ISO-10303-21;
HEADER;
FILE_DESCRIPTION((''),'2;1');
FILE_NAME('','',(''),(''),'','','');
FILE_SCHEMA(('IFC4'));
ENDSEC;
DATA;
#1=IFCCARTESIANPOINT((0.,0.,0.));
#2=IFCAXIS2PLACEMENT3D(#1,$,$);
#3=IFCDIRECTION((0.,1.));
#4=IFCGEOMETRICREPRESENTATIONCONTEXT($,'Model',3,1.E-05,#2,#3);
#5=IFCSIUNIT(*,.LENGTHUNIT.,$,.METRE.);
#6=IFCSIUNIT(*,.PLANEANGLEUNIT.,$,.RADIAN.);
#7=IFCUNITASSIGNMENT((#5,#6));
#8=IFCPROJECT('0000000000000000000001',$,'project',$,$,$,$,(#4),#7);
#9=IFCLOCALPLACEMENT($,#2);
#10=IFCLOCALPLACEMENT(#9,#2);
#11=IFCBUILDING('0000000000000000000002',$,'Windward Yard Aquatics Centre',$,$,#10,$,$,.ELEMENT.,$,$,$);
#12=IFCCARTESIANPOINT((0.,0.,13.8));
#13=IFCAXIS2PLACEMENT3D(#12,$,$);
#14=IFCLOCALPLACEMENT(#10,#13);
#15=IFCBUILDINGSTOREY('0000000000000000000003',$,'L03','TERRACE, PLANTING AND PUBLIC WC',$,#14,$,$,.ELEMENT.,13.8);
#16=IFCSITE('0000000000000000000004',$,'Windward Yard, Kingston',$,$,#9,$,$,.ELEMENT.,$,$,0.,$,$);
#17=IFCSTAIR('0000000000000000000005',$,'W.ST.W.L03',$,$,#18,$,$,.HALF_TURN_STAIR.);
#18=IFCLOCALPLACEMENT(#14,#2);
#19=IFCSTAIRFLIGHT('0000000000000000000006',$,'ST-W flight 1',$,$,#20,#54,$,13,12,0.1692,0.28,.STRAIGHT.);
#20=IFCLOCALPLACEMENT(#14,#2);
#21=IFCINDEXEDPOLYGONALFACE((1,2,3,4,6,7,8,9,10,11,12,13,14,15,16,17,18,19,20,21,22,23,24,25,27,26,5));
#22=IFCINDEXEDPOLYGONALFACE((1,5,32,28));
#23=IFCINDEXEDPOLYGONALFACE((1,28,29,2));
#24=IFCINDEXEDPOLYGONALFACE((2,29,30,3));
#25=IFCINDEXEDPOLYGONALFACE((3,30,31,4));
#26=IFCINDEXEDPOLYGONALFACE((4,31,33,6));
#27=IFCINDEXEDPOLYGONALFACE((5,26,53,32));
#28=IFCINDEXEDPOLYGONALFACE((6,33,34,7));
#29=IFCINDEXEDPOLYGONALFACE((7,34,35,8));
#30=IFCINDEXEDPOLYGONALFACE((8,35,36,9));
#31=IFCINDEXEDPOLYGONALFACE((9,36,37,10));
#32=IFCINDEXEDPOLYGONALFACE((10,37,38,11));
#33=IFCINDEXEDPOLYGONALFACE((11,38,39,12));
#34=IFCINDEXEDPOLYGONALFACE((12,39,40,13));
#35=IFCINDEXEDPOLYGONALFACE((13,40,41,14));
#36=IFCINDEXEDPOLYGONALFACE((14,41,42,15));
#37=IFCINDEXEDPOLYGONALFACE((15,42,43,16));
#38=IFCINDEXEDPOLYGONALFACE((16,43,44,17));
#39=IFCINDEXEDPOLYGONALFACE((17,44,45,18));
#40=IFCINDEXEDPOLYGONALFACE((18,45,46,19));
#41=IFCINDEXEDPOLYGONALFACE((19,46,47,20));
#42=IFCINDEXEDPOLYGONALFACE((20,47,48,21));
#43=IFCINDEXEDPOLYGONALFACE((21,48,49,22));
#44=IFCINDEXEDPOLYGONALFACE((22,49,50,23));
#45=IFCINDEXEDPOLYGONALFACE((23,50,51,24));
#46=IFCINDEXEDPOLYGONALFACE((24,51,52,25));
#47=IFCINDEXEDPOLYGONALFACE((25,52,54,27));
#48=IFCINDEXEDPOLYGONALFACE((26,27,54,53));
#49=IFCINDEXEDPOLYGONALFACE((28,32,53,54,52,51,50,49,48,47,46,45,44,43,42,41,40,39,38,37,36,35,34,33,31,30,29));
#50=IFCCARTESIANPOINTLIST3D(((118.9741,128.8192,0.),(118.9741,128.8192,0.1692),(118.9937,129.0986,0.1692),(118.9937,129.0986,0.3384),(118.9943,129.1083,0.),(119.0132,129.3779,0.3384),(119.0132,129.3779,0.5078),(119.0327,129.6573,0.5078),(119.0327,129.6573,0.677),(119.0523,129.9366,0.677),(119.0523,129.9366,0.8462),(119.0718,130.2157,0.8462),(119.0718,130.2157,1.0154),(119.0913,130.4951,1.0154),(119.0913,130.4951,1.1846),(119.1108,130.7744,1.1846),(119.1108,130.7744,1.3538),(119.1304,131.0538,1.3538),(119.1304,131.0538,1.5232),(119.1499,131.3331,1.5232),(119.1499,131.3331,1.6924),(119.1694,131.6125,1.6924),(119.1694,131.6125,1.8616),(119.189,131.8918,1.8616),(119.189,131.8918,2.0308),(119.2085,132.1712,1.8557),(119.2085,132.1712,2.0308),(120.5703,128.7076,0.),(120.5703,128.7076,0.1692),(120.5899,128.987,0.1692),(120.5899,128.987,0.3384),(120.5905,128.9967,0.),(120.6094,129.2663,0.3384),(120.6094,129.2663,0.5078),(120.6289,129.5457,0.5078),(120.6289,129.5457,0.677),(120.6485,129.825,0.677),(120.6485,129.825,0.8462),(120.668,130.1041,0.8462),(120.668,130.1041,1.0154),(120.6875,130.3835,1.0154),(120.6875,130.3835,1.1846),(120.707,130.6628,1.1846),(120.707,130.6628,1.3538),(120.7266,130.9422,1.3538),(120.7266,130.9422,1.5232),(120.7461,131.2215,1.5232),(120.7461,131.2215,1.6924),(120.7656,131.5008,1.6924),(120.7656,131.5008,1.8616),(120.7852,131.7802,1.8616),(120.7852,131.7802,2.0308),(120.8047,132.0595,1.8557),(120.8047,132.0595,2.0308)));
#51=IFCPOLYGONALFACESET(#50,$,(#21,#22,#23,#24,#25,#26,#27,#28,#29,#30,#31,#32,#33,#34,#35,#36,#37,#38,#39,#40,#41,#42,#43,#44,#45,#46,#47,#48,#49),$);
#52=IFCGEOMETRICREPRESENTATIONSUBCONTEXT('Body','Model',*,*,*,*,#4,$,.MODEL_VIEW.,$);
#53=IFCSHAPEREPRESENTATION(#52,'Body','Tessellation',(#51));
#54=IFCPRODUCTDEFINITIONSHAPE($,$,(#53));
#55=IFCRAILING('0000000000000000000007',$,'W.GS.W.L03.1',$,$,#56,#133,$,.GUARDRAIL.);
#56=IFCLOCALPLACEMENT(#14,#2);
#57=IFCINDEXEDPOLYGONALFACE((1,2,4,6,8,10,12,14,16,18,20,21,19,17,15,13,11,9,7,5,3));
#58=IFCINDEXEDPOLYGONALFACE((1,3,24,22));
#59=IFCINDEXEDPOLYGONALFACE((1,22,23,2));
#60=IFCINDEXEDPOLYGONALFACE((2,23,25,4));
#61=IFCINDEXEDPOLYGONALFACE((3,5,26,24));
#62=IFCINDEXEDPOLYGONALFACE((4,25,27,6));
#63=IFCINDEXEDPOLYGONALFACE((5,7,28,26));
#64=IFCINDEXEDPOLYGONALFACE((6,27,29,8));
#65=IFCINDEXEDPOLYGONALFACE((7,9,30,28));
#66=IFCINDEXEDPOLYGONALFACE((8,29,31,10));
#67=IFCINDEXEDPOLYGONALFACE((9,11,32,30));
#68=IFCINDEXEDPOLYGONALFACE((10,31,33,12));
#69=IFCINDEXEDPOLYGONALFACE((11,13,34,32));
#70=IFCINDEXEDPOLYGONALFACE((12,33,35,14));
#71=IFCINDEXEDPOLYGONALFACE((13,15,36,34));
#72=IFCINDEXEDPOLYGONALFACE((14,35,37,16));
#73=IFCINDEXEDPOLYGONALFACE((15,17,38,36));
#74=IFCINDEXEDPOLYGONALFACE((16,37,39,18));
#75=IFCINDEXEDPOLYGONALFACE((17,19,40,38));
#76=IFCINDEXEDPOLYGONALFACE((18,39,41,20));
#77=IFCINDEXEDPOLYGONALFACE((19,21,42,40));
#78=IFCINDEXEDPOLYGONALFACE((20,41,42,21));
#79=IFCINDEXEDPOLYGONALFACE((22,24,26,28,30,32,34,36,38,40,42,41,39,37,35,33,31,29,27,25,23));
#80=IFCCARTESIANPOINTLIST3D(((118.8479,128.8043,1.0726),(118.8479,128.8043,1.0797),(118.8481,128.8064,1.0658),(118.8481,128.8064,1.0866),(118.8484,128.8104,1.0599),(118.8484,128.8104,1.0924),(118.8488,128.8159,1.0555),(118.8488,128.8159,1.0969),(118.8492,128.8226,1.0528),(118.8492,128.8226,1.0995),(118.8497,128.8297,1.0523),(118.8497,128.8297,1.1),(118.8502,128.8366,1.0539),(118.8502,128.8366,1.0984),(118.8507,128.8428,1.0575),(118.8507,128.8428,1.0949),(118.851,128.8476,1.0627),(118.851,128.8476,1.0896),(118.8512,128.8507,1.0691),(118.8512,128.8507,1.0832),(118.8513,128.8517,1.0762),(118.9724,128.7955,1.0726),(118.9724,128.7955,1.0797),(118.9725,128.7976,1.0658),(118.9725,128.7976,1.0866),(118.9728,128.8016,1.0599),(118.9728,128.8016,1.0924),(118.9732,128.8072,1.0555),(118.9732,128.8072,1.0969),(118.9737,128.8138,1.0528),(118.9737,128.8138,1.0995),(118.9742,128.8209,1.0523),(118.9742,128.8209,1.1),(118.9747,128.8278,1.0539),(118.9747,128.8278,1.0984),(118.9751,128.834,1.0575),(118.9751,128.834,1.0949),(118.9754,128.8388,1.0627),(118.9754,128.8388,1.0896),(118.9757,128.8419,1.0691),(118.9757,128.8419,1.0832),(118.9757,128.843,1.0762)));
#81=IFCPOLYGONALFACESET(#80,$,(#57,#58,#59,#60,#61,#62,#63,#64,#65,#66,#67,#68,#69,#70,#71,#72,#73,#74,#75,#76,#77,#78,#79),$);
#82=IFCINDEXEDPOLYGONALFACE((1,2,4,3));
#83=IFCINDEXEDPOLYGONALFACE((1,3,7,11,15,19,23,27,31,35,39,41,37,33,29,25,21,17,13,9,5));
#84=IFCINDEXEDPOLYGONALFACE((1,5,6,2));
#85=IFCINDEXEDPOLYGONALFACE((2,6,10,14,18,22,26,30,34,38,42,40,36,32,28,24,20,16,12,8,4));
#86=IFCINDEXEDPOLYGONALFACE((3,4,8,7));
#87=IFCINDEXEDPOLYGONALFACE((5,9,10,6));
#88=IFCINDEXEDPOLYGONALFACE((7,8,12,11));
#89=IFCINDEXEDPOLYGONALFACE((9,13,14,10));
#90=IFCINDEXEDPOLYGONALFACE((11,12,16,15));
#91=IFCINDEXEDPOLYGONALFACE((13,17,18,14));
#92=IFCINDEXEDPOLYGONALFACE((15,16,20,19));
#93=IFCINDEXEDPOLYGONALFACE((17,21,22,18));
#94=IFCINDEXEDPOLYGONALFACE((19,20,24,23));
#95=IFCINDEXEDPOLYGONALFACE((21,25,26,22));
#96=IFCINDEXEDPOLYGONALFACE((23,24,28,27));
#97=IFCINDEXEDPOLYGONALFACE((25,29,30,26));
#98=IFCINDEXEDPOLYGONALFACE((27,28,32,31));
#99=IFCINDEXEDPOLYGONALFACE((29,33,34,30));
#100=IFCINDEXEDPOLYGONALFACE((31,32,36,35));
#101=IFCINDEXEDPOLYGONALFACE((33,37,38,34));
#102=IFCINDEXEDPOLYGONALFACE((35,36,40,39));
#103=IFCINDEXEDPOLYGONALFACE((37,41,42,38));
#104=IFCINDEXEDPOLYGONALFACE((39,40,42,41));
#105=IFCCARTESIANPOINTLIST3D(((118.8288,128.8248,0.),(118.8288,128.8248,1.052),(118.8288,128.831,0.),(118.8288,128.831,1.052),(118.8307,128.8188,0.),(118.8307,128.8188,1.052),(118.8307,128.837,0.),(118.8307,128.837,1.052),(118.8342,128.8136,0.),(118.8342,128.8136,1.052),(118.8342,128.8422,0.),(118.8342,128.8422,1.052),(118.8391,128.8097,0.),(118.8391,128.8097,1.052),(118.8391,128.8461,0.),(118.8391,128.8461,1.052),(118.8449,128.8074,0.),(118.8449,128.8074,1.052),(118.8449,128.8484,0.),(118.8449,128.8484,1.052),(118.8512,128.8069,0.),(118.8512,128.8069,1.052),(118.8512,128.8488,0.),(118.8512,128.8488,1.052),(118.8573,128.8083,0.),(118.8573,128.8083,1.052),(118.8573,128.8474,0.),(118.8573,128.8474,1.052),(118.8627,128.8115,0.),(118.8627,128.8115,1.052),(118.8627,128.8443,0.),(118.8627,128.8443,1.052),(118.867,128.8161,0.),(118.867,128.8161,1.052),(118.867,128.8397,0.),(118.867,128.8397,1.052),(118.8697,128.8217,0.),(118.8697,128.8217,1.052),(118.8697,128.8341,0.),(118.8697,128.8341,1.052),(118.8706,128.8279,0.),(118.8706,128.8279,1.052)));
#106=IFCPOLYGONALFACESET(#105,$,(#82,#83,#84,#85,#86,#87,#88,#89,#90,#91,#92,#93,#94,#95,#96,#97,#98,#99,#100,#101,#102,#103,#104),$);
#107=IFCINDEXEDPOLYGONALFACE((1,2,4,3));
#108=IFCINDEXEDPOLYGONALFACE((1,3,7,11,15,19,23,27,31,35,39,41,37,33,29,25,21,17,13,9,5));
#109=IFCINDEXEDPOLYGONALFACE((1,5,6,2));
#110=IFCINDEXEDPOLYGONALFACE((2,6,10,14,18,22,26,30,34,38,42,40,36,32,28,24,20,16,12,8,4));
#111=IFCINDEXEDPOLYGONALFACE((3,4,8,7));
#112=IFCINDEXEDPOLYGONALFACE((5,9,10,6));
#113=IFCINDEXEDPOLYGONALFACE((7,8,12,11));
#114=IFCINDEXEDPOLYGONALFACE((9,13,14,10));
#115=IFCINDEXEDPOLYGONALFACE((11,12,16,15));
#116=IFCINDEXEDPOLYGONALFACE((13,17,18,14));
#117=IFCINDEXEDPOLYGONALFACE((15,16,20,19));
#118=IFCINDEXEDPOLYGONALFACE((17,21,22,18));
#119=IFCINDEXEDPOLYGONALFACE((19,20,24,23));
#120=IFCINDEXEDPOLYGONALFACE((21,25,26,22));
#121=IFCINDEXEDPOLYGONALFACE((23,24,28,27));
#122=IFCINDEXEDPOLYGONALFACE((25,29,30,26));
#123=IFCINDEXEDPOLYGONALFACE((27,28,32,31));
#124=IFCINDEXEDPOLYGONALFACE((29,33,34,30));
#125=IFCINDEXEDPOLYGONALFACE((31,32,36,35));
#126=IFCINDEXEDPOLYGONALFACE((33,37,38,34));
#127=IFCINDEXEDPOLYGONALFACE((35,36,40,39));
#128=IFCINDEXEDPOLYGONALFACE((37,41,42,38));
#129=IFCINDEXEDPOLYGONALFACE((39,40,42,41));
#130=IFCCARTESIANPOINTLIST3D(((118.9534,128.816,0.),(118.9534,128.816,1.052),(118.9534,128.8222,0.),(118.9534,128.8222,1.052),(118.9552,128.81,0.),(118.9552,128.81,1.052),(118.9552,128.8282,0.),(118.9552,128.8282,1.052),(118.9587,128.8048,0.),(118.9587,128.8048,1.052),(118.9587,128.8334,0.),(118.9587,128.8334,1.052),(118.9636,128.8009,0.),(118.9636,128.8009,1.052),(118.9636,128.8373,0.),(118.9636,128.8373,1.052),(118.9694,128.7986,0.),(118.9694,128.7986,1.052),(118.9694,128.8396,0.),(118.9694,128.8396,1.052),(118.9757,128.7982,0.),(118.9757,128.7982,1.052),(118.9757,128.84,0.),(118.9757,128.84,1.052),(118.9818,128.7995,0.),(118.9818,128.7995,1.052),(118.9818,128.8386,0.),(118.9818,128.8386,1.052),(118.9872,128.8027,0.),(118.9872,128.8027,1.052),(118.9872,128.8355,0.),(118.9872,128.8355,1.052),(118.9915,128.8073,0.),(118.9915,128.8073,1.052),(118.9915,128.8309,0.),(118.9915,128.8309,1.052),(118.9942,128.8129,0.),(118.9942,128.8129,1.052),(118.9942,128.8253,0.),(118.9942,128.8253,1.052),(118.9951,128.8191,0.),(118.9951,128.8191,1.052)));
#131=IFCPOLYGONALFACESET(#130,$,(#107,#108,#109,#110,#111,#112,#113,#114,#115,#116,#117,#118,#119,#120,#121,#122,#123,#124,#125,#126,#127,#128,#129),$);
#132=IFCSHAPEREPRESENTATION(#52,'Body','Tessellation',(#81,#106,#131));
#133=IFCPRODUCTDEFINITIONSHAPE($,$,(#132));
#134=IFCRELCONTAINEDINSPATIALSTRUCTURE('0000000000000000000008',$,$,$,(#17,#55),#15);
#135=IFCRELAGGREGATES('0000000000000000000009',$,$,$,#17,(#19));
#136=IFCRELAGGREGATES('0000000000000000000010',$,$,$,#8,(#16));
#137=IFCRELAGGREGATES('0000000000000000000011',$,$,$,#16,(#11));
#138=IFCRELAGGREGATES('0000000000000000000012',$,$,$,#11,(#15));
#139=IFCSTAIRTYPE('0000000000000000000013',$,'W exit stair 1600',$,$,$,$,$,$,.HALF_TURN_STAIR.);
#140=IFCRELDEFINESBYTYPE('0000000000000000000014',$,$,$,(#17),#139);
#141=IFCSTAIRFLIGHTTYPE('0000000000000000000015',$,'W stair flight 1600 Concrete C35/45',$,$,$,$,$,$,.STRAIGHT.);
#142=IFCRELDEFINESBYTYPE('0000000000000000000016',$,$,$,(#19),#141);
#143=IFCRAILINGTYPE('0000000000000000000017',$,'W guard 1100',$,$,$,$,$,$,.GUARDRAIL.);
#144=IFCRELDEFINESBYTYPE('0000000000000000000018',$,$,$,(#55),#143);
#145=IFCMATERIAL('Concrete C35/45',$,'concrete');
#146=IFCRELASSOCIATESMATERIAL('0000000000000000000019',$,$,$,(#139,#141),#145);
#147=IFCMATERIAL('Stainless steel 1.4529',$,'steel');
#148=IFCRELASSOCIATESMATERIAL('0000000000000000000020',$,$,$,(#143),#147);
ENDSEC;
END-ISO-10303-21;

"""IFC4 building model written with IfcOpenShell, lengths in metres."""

from ifc_helpers import new_model, si_unit, direction, frame, origin, origin_2d, place, context, subcontext, project, spatial, polyline, circle, outline, extrude, material, type_object, element, aggregate, save


model = new_model("IFC4")

# Units and contexts
model_context = context("Model", 3, precision=1e-05, world=origin(), true_north=direction((0.0, 1.0)))
body_context = subcontext(model_context, "Body", "Model", "MODEL_VIEW")
ifc_project = project(units=[si_unit("LENGTHUNIT", "METRE"), si_unit("PLANEANGLEUNIT", "RADIAN")], contexts=[model_context])

# Site, building, storey
site_placement = place(None, origin())
site = spatial("IfcSite", under=ifc_project, at=site_placement, Name="Windward Yard, Kingston", CompositionType="ELEMENT", RefElevation=0.0)
building_placement = place(site_placement, origin())
building = spatial("IfcBuilding", under=site, at=building_placement, Name="Windward Yard Aquatics Centre", CompositionType="ELEMENT")
storey_placement = place(building_placement, frame((0.0, 0.0, 13.8)))
storey = spatial("IfcBuildingStorey", under=building, at=storey_placement, Name="L03", Description="TERRACE, PLANTING AND PUBLIC WC", CompositionType="ELEMENT", Elevation=13.8)

# Stair, stair flight
ifc_material_1 = material(Name="Concrete C35/45", Category="concrete")
stair_type = type_object("IfcStairType", Name="W exit stair 1600", PredefinedType="HALF_TURN_STAIR", material=ifc_material_1)
stair_placement = place(storey_placement, origin())
stair = element("IfcStair", 1, at=stair_placement, inside=storey, type_object=stair_type, Name="W.ST.W.L03", PredefinedType="HALF_TURN_STAIR")
stair_flight_type = type_object("IfcStairFlightType", Name="W stair flight 1600 Concrete C35/45", PredefinedType="STRAIGHT", material=ifc_material_1)
stair_flight_placement = place(storey_placement, frame((119.7722, 128.7634, 0.0), z_axis=(0.0, 0.0, 1.0), x_axis=(0.069756, 0.997564, 0.0)))
stair_flight = element("IfcStairFlight", 2, at=stair_flight_placement, type_object=stair_flight_type, Name="ST-W flight 1", NumberOfRisers=13, NumberOfTreads=12, PredefinedType="STRAIGHT", RiserHeight=0.1692, TreadLength=0.28, context=body_context, shape_type="SweptSolid", body=[
    extrude(outline(polyline([(0.0, 0.0), (0.0, 0.1692), (0.28, 0.1692), (0.28, 0.3384), (0.5601, 0.3384), (0.5601, 0.5078), (0.8401, 0.5078), (0.8401, 0.677), (1.1201, 0.677), (1.1201, 0.8462), (1.3999, 0.8462), (1.3999, 1.0154), (1.6799, 1.0154), (1.6799, 1.1846), (1.96, 1.1846), (1.96, 1.3538), (2.24, 1.3538), (2.24, 1.5232), (2.52, 1.5232), (2.52, 1.6924), (2.8, 1.6924), (2.8, 1.8616), (3.0801, 1.8616), (3.0801, 2.0308), (3.3601, 2.0308), (3.3601, 2.2), (3.3601, 1.8557), (0.2898, 0.0), (0.0, 0.0)])), frame((0.0, 0.8, 0.0), z_axis=(0.0, -1.0, 0.0), x_axis=(1.0, 0.0, 0.0)), (0.0, 0.0, 1.0), 1.6001),
])
aggregate(stair, [stair_flight])

# Railing
ifc_material_2 = material(Name="Stainless steel 1.4529", Category="steel")
railing_type_1 = type_object("IfcRailingType", Name="W guard 1100", PredefinedType="GUARDRAIL", material=ifc_material_2)
railing_1_placement = place(storey_placement, frame((118.8496, 128.8279, 0.0)))
element("IfcRailing", 3, at=railing_1_placement, inside=storey, type_object=railing_type_1, Name="W.GS.W.L03.1", PredefinedType="GUARDRAIL", context=body_context, shape_type="SweptSolid", body=[
    extrude(circle(Radius=0.0239, at=origin_2d()), frame((0.0, 0.0, 1.0762), z_axis=(0.997518, -0.070413, 0.0), x_axis=(0.070413, 0.997518, 0.0)), (0.0, 0.0, 1.0), 0.1248),
    extrude(circle(Radius=0.021, at=origin_2d()), origin(), (0.0, 0.0, 1.0), 1.052),
    extrude(circle(Radius=0.021, at=origin_2d()), frame((0.1245, -0.0088, 0.0)), (0.0, 0.0, 1.0), 1.052),
])

save(model, "model.ifc")
